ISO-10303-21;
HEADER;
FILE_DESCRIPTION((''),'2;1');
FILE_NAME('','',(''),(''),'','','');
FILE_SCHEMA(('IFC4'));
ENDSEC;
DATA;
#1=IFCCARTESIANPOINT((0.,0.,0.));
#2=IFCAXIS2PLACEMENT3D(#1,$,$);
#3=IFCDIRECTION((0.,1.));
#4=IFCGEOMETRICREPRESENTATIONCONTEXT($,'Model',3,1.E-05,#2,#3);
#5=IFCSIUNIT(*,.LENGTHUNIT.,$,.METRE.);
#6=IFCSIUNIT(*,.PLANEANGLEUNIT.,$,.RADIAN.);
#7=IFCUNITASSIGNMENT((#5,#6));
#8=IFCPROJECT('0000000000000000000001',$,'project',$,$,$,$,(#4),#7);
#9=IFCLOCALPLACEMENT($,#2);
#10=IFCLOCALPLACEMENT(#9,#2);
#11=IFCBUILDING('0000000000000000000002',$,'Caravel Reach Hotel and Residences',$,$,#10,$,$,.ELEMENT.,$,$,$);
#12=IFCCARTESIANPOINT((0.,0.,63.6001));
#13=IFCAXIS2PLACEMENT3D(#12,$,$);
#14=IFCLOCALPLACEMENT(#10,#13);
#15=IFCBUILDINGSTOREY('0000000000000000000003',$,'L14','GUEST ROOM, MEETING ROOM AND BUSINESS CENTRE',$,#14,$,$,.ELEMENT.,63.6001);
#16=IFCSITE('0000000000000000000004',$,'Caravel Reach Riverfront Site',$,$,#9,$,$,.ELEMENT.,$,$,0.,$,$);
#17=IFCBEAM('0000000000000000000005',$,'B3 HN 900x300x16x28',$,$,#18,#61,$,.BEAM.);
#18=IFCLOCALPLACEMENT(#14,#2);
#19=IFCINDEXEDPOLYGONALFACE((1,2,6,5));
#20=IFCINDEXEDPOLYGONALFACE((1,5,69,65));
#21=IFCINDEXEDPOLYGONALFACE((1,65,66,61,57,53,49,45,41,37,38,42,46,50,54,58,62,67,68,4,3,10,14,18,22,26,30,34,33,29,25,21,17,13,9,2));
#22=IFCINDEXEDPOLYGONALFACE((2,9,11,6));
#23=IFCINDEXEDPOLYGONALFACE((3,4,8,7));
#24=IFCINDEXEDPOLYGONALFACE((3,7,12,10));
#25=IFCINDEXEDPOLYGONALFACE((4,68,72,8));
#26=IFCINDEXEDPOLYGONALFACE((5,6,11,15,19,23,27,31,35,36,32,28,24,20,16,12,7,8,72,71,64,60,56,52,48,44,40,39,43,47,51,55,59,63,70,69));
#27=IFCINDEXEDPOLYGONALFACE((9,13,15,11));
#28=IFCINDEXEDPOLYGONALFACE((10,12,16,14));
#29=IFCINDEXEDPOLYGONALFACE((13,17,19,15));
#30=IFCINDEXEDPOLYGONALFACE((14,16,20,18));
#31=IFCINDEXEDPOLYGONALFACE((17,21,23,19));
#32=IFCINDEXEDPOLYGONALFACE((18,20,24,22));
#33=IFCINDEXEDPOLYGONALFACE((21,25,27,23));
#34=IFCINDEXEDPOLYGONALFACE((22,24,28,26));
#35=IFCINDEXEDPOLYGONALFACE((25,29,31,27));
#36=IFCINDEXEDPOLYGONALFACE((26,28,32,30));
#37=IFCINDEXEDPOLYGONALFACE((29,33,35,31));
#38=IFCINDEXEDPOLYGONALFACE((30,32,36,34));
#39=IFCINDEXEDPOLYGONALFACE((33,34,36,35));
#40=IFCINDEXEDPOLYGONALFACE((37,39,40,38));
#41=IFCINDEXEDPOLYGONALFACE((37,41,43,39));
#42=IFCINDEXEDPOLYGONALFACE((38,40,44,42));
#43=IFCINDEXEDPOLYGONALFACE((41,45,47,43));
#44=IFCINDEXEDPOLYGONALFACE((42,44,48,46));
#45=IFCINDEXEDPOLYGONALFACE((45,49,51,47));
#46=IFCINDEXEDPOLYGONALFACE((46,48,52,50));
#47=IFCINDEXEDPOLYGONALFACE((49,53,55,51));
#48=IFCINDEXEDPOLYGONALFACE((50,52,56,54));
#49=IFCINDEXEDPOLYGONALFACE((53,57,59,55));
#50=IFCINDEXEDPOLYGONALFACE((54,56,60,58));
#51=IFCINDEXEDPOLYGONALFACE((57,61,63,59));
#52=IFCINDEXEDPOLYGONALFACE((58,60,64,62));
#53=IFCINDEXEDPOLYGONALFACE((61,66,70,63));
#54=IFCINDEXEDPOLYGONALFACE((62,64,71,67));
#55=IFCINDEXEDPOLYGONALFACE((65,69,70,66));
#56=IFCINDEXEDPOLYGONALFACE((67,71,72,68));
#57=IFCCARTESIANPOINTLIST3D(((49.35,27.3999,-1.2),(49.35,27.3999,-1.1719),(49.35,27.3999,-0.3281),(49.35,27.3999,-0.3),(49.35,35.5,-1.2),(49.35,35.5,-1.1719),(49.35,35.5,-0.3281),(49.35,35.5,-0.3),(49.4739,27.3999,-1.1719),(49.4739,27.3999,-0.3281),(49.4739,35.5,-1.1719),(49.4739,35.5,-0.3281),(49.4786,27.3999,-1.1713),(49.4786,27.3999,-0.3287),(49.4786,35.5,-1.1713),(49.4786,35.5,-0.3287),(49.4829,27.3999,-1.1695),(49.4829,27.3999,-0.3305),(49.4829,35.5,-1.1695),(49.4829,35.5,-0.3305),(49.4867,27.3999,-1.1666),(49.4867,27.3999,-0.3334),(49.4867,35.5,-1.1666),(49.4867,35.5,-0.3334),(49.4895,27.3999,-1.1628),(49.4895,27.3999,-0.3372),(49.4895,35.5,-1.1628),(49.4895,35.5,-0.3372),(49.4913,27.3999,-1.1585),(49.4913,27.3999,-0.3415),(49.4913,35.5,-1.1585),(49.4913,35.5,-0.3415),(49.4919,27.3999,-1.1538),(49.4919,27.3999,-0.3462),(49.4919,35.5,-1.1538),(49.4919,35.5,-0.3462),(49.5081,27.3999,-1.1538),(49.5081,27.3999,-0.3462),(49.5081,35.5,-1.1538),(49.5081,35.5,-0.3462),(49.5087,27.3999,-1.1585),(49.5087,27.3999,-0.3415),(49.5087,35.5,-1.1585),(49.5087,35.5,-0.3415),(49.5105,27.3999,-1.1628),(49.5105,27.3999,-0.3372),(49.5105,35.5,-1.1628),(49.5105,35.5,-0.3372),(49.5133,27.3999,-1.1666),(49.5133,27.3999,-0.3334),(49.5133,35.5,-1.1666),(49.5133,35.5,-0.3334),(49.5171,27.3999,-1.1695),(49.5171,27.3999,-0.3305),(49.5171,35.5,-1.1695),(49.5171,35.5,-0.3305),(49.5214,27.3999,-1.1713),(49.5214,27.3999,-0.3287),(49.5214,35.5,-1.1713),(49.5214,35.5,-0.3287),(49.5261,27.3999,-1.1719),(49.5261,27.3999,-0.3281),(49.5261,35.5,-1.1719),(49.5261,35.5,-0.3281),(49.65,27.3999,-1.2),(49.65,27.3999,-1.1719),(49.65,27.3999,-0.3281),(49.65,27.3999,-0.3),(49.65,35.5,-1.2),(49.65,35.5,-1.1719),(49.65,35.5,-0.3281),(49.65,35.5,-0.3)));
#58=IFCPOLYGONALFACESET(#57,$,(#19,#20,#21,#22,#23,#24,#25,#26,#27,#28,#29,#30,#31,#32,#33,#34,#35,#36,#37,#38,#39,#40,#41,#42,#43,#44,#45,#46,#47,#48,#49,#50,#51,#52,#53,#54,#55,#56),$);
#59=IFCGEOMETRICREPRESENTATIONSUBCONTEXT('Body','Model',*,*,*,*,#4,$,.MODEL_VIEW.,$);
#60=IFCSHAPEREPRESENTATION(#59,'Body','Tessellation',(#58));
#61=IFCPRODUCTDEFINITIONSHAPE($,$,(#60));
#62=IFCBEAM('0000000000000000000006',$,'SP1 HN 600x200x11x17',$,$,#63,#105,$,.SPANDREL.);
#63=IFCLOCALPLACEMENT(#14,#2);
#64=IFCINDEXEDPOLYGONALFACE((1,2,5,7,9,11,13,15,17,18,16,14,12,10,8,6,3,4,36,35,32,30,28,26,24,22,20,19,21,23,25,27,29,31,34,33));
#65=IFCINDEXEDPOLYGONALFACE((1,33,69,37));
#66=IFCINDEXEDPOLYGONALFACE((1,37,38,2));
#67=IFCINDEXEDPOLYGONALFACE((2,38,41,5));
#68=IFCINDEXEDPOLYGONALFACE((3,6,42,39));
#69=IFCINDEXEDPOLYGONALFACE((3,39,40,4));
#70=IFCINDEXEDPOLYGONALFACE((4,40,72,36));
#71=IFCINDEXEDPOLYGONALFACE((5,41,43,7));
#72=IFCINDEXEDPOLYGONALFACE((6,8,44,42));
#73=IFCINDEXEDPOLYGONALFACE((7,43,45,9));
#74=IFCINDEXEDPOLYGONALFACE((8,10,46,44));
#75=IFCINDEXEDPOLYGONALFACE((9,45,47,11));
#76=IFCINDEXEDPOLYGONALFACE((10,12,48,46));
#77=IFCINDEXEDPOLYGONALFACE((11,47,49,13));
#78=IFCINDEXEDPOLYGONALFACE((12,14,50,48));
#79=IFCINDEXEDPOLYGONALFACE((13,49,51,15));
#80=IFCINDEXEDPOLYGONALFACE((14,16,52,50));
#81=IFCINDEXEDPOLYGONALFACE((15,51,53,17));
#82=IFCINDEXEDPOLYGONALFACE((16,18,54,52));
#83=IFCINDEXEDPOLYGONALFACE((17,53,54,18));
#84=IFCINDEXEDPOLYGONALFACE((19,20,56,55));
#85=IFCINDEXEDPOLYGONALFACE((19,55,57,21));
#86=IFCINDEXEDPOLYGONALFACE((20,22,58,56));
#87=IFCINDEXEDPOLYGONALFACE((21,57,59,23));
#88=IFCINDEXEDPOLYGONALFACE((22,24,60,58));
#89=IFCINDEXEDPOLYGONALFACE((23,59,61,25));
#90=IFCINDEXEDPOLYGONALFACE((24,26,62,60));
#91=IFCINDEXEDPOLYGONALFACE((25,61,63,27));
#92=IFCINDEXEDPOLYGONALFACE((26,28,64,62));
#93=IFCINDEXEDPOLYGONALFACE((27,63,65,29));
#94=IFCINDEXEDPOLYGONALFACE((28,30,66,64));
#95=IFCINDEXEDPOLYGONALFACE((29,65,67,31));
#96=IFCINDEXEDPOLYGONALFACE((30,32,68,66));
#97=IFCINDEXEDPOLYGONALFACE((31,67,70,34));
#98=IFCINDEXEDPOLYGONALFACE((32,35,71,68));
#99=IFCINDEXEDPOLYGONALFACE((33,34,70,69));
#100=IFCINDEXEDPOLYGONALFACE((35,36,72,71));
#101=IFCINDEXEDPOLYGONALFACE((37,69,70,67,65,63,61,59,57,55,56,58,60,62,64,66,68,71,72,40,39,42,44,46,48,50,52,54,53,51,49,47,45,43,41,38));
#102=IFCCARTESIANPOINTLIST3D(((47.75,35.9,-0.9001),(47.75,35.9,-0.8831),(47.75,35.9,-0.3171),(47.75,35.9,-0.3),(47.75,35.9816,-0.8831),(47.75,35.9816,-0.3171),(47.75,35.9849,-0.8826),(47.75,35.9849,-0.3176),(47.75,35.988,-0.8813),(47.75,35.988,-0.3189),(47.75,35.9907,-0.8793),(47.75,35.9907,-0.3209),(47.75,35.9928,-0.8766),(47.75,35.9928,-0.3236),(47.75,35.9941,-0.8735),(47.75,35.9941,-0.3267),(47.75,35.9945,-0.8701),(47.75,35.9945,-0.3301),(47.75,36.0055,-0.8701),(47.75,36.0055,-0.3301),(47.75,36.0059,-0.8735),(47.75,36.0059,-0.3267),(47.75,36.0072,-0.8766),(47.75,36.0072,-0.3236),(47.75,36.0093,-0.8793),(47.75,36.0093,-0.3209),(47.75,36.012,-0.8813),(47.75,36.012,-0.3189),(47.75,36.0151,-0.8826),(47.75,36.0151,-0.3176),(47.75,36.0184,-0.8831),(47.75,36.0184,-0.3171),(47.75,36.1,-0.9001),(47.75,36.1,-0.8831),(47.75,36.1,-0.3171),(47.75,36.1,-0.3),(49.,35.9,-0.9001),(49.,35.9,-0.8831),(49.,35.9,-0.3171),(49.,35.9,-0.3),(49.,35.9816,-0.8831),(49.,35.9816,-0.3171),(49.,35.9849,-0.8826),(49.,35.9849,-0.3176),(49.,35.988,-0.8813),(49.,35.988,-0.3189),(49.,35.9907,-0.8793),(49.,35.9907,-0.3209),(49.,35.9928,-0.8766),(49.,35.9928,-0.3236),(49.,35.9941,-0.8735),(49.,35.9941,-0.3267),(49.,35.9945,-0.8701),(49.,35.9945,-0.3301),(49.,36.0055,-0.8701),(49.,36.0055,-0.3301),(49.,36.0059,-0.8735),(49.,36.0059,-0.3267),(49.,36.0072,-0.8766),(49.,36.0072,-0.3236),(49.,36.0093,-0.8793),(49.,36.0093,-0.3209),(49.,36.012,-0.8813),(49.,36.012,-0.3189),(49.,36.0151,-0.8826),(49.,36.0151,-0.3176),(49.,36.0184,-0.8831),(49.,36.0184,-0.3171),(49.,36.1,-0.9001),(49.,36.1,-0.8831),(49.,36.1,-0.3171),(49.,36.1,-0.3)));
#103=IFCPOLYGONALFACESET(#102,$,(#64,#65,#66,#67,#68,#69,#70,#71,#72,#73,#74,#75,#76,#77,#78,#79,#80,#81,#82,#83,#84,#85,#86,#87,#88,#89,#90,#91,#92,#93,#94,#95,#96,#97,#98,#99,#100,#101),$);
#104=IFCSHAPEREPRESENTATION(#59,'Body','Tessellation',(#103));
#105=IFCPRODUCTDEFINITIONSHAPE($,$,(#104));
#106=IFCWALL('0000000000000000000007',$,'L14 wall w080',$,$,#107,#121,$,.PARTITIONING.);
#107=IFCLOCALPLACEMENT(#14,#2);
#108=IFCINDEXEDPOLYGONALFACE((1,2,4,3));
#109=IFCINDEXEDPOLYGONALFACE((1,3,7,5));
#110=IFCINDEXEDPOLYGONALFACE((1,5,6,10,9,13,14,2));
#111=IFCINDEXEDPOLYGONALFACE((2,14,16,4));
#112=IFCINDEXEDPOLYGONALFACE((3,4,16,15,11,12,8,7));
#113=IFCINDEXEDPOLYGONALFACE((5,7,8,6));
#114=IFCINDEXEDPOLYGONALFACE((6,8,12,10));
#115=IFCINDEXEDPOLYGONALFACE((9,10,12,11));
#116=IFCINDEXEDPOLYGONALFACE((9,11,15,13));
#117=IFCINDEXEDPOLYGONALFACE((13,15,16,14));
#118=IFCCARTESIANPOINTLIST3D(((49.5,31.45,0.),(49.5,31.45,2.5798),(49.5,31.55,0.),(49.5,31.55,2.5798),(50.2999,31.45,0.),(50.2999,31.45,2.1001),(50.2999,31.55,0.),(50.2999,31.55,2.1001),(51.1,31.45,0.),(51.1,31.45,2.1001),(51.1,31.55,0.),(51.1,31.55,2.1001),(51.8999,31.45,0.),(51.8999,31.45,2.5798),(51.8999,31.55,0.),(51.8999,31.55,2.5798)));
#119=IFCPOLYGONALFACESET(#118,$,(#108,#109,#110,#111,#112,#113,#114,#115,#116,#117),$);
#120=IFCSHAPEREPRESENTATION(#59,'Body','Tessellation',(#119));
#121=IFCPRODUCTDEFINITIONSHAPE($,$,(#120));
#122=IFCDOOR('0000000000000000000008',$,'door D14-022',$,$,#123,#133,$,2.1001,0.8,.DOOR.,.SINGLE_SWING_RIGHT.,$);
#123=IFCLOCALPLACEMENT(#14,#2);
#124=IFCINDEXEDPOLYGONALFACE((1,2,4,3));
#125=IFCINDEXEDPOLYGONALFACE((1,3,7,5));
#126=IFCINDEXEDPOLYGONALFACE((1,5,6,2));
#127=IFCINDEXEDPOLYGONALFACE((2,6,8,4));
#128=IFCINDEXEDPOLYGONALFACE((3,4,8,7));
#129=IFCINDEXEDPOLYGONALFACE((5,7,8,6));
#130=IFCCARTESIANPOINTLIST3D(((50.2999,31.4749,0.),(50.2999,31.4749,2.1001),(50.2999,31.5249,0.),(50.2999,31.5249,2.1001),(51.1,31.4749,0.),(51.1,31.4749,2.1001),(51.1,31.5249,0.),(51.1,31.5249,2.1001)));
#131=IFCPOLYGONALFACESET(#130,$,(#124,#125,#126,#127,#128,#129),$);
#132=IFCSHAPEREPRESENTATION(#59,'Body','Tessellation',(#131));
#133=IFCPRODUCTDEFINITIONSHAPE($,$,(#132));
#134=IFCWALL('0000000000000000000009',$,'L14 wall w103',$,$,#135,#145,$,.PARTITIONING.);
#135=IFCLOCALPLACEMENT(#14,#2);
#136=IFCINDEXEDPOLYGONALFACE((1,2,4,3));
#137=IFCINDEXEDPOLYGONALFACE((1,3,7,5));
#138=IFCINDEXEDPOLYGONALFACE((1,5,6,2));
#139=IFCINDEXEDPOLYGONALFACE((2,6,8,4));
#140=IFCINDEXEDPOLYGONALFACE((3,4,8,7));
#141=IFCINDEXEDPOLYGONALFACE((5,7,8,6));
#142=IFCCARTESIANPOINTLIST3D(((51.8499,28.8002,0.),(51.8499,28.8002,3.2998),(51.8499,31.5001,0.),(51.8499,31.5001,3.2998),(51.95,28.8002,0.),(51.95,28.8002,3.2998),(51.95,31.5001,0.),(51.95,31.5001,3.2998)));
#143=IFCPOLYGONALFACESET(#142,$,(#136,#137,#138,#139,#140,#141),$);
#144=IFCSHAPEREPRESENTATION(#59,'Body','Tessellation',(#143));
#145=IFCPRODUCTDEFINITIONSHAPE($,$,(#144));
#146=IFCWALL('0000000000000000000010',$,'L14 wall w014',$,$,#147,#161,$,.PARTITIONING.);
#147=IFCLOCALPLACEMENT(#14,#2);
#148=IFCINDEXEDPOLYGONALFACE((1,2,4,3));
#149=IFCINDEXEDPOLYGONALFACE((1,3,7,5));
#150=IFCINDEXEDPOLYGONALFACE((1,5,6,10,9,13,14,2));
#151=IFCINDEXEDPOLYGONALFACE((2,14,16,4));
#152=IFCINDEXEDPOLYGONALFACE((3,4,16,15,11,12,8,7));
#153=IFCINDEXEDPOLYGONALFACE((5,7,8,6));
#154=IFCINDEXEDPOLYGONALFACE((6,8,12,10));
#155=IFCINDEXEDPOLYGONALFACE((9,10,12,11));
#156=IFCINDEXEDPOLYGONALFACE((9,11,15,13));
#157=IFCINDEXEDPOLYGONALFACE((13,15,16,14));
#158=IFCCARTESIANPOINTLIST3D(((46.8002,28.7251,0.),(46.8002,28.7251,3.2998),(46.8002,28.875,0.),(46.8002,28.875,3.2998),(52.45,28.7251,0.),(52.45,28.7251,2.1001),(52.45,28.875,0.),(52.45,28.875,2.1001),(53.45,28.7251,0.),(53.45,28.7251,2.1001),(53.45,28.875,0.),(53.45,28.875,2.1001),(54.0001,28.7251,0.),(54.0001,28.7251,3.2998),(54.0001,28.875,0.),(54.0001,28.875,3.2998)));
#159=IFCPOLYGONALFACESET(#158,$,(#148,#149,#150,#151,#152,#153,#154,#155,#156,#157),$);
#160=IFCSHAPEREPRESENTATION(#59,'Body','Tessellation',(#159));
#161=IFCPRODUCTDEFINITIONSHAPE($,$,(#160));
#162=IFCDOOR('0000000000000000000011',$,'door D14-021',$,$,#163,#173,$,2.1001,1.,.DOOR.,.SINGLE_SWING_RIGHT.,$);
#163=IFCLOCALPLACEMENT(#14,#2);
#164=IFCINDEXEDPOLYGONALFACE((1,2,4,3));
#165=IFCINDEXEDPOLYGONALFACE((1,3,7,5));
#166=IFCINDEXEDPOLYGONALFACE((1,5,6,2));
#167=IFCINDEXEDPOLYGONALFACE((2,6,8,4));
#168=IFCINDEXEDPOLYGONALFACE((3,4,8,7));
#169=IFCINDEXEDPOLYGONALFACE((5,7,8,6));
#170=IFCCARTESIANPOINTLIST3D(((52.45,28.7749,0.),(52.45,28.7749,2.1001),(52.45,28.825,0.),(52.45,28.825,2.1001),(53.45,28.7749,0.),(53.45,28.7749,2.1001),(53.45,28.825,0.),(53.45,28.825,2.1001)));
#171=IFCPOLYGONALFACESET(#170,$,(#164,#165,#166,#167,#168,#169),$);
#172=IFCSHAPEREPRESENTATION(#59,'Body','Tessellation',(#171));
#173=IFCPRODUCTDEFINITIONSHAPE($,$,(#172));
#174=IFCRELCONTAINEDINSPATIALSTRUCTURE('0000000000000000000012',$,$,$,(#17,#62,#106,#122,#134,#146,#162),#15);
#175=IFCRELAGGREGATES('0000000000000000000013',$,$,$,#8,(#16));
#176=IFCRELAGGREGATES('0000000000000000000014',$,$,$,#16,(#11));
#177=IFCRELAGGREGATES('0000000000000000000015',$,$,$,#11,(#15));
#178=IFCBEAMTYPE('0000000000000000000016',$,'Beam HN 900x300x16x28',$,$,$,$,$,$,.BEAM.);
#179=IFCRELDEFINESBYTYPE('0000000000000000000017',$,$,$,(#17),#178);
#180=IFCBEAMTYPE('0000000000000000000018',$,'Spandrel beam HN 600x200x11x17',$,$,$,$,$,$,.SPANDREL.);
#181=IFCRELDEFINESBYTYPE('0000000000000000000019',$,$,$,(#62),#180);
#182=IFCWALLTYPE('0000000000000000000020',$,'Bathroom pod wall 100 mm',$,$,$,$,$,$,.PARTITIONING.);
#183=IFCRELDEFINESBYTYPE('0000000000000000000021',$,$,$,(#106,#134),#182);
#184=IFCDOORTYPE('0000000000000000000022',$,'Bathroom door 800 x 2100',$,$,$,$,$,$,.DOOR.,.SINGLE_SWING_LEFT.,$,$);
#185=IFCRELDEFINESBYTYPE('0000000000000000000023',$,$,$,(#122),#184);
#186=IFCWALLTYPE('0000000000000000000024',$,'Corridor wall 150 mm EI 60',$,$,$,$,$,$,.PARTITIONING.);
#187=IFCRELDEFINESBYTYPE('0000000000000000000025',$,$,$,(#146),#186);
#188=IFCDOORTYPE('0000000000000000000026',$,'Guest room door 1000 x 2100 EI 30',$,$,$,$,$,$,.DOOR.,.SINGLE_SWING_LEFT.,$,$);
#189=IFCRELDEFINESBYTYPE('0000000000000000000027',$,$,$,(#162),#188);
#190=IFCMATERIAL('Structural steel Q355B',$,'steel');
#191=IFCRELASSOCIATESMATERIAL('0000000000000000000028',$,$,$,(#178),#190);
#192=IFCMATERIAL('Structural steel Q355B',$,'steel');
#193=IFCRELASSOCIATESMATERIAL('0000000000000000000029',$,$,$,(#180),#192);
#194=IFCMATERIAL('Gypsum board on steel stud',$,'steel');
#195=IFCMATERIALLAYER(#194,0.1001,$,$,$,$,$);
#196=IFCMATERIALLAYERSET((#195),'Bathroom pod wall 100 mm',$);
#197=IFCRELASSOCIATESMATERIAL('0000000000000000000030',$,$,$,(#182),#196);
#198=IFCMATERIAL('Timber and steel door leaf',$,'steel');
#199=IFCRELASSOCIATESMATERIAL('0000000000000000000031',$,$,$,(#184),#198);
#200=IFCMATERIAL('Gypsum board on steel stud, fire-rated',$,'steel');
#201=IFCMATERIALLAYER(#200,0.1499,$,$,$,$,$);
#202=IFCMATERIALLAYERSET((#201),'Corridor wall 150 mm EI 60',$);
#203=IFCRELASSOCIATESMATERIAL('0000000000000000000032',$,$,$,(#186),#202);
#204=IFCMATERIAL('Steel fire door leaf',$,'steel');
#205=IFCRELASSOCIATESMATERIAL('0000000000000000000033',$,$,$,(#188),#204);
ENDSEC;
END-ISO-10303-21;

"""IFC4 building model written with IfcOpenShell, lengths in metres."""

from ifc_helpers import new_model, si_unit, direction, frame, frame_2d, origin, origin_2d, place, context, subcontext, project, spatial, rectangle, i_section, extrude, material, layer, layer_set, material_profile, profile_set, type_object, element, fill, save


model = new_model("IFC4")

# Units and contexts
model_context = context("Model", 3, precision=1e-05, world=origin(), true_north=direction((0.0, 1.0)))
body_context = subcontext(model_context, "Body", "Model", "MODEL_VIEW")
ifc_project = project(units=[si_unit("LENGTHUNIT", "METRE"), si_unit("PLANEANGLEUNIT", "RADIAN")], contexts=[model_context])

# Site, building, storey
site_placement = place(None, origin())
site = spatial("IfcSite", under=ifc_project, at=site_placement, Name="Caravel Reach Riverfront Site", CompositionType="ELEMENT", RefElevation=0.0)
building_placement = place(site_placement, origin())
building = spatial("IfcBuilding", under=site, at=building_placement, Name="Caravel Reach Hotel and Residences", CompositionType="ELEMENT")
storey_placement = place(building_placement, frame((0.0, 0.0, 63.6001)))
storey = spatial("IfcBuildingStorey", under=building, at=storey_placement, Name="L14", Description="GUEST ROOM, MEETING ROOM AND BUSINESS CENTRE", CompositionType="ELEMENT", Elevation=63.6001)

# Beams
ifc_material_1 = material(Name="Structural steel Q355B", Category="steel")
ifc_material_profile_1 = material_profile(ifc_material_1, i_section(OverallWidth=0.3, OverallDepth=0.8999, WebThickness=0.0161, FlangeThickness=0.0281, FilletRadius=0.0181, at=origin_2d()), Name="HN 900x300x16x28")
ifc_profile_set_1 = profile_set([ifc_material_profile_1], Name="Structural steel Q355B")
beam_type_1 = type_object("IfcBeamType", Name="Beam HN 900x300x16x28", PredefinedType="BEAM", material=ifc_profile_set_1)
beam_1_placement = place(storey_placement, frame((49.5, 27.3999, -0.75), z_axis=(0.0, 1.0, 0.0), x_axis=(-1.0, 0.0, 0.0)))
element("IfcBeam", 1, at=beam_1_placement, inside=storey, type_object=beam_type_1, Name="B3 HN 900x300x16x28", PredefinedType="BEAM", context=body_context, shape_type="SweptSolid", body=[
    extrude(i_section(OverallWidth=0.3, OverallDepth=0.8999, WebThickness=0.0161, FlangeThickness=0.0281, FilletRadius=0.0181, at=origin_2d()), origin(), (0.0, 0.0, 1.0), 8.1001),
])
ifc_material_2 = material(Name="Structural steel Q355B", Category="steel")
ifc_material_profile_2 = material_profile(ifc_material_2, i_section(OverallWidth=0.2, OverallDepth=0.6001, WebThickness=0.011, FlangeThickness=0.0171, FilletRadius=0.0129, at=origin_2d()), Name="HN 600x200x11x17")
ifc_profile_set_2 = profile_set([ifc_material_profile_2], Name="Structural steel Q355B")
beam_type_2 = type_object("IfcBeamType", Name="Spandrel beam HN 600x200x11x17", PredefinedType="SPANDREL", material=ifc_profile_set_2)
beam_2_placement = place(storey_placement, frame((49.0, 36.0, -0.6001), z_axis=(-1.0, 0.0, 0.0), x_axis=(0.0, -1.0, 0.0)))
element("IfcBeam", 2, at=beam_2_placement, inside=storey, type_object=beam_type_2, Name="SP1 HN 600x200x11x17", PredefinedType="SPANDREL", context=body_context, shape_type="SweptSolid", body=[
    extrude(i_section(OverallWidth=0.2, OverallDepth=0.6001, WebThickness=0.011, FlangeThickness=0.0171, FilletRadius=0.0129, at=origin_2d()), origin(), (0.0, 0.0, 1.0), 1.25),
])

# Wall, opening, door
ifc_material_3 = material(Name="Gypsum board on steel stud", Category="steel")
ifc_layer_1 = layer(ifc_material_3, 0.1001)
ifc_layer_set_1 = layer_set([ifc_layer_1], Name="Bathroom pod wall 100 mm")
wall_type_1 = type_object("IfcWallType", Name="Bathroom pod wall 100 mm", PredefinedType="PARTITIONING", material=ifc_layer_set_1)
wall_1_placement = place(storey_placement, frame((49.5, 31.5, 0.0), z_axis=(0.0, 0.0, 1.0), x_axis=(1.0, 0.0, 0.0)))
wall_1 = element("IfcWall", 3, at=wall_1_placement, inside=storey, type_object=wall_type_1, Name="L14 wall w080", PredefinedType="PARTITIONING", context=body_context, shape_type="SweptSolid", body=[
    extrude(rectangle(XDim=2.3999, YDim=0.1001, at=frame_2d((1.2, 0.0))), origin(), (0.0, 0.0, 1.0), 2.5798),
])
opening_1_placement = place(wall_1_placement, frame((0.8, 0.0, 0.0)))
opening_1 = element("IfcOpeningElement", 4, at=opening_1_placement, cuts=wall_1, PredefinedType="OPENING", context=body_context, shape_type="SweptSolid", body=[
    extrude(rectangle(XDim=0.8, YDim=2.1001, at=frame_2d((0.3999, 1.05))), frame((0.0, 0.0601, 0.0), z_axis=(0.0, -1.0, 0.0), x_axis=(1.0, 0.0, 0.0)), (0.0, 0.0, 1.0), 0.1201),
])
ifc_material_4 = material(Name="Timber and steel door leaf", Category="steel")
door_type_1 = type_object("IfcDoorType", Name="Bathroom door 800 x 2100", OperationType="SINGLE_SWING_LEFT", PredefinedType="DOOR", material=ifc_material_4)
door_1_placement = place(opening_1_placement, origin())
door_1 = element("IfcDoor", 5, at=door_1_placement, inside=storey, type_object=door_type_1, Name="door D14-022", OperationType="SINGLE_SWING_RIGHT", OverallHeight=2.1001, OverallWidth=0.8, PredefinedType="DOOR", context=body_context, shape_type="SweptSolid", body=[
    extrude(rectangle(XDim=0.8, YDim=2.1001, at=frame_2d((0.3999, 1.05))), frame((0.0, 0.0249, 0.0), z_axis=(0.0, -1.0, 0.0), x_axis=(1.0, 0.0, 0.0)), (0.0, 0.0, 1.0), 0.05),
])
fill(opening_1, door_1)

# Wall
wall_2_placement = place(storey_placement, frame((51.8999, 28.8, 0.0), z_axis=(0.0, 0.0, 1.0), x_axis=(0.0, 1.0, 0.0)))
element("IfcWall", 6, at=wall_2_placement, inside=storey, type_object=wall_type_1, Name="L14 wall w103", PredefinedType="PARTITIONING", context=body_context, shape_type="SweptSolid", body=[
    extrude(rectangle(XDim=2.7, YDim=0.1001, at=frame_2d((1.3501, 0.0))), origin(), (0.0, 0.0, 1.0), 3.2998),
])

# Wall, opening, door
ifc_material_5 = material(Name="Gypsum board on steel stud, fire-rated", Category="steel")
ifc_layer_2 = layer(ifc_material_5, 0.1499)
ifc_layer_set_2 = layer_set([ifc_layer_2], Name="Corridor wall 150 mm EI 60")
wall_type_2 = type_object("IfcWallType", Name="Corridor wall 150 mm EI 60", PredefinedType="PARTITIONING", material=ifc_layer_set_2)
wall_3_placement = place(storey_placement, frame((46.8, 28.8, 0.0), z_axis=(0.0, 0.0, 1.0), x_axis=(1.0, 0.0, 0.0)))
wall_3 = element("IfcWall", 7, at=wall_3_placement, inside=storey, type_object=wall_type_2, Name="L14 wall w014", PredefinedType="PARTITIONING", context=body_context, shape_type="SweptSolid", body=[
    extrude(rectangle(XDim=7.2, YDim=0.1499, at=frame_2d((3.6001, 0.0))), origin(), (0.0, 0.0, 1.0), 3.2998),
])
opening_2_placement = place(wall_3_placement, frame((5.6499, 0.0, 0.0)))
opening_2 = element("IfcOpeningElement", 8, at=opening_2_placement, cuts=wall_3, PredefinedType="OPENING", context=body_context, shape_type="SweptSolid", body=[
    extrude(rectangle(XDim=1.0, YDim=2.1001, at=frame_2d((0.5, 1.05))), frame((0.0, 0.085, 0.0), z_axis=(0.0, -1.0, 0.0), x_axis=(1.0, 0.0, 0.0)), (0.0, 0.0, 1.0), 0.1699),
])
ifc_material_6 = material(Name="Steel fire door leaf", Category="steel")
door_type_2 = type_object("IfcDoorType", Name="Guest room door 1000 x 2100 EI 30", OperationType="SINGLE_SWING_LEFT", PredefinedType="DOOR", material=ifc_material_6)
door_2_placement = place(opening_2_placement, origin())
door_2 = element("IfcDoor", 9, at=door_2_placement, inside=storey, type_object=door_type_2, Name="door D14-021", OperationType="SINGLE_SWING_RIGHT", OverallHeight=2.1001, OverallWidth=1.0, PredefinedType="DOOR", context=body_context, shape_type="SweptSolid", body=[
    extrude(rectangle(XDim=1.0, YDim=2.1001, at=frame_2d((0.5, 1.05))), frame((0.0, 0.0249, 0.0), z_axis=(0.0, -1.0, 0.0), x_axis=(1.0, 0.0, 0.0)), (0.0, 0.0, 1.0), 0.05),
])
fill(opening_2, door_2)

save(model, "model.ifc")
